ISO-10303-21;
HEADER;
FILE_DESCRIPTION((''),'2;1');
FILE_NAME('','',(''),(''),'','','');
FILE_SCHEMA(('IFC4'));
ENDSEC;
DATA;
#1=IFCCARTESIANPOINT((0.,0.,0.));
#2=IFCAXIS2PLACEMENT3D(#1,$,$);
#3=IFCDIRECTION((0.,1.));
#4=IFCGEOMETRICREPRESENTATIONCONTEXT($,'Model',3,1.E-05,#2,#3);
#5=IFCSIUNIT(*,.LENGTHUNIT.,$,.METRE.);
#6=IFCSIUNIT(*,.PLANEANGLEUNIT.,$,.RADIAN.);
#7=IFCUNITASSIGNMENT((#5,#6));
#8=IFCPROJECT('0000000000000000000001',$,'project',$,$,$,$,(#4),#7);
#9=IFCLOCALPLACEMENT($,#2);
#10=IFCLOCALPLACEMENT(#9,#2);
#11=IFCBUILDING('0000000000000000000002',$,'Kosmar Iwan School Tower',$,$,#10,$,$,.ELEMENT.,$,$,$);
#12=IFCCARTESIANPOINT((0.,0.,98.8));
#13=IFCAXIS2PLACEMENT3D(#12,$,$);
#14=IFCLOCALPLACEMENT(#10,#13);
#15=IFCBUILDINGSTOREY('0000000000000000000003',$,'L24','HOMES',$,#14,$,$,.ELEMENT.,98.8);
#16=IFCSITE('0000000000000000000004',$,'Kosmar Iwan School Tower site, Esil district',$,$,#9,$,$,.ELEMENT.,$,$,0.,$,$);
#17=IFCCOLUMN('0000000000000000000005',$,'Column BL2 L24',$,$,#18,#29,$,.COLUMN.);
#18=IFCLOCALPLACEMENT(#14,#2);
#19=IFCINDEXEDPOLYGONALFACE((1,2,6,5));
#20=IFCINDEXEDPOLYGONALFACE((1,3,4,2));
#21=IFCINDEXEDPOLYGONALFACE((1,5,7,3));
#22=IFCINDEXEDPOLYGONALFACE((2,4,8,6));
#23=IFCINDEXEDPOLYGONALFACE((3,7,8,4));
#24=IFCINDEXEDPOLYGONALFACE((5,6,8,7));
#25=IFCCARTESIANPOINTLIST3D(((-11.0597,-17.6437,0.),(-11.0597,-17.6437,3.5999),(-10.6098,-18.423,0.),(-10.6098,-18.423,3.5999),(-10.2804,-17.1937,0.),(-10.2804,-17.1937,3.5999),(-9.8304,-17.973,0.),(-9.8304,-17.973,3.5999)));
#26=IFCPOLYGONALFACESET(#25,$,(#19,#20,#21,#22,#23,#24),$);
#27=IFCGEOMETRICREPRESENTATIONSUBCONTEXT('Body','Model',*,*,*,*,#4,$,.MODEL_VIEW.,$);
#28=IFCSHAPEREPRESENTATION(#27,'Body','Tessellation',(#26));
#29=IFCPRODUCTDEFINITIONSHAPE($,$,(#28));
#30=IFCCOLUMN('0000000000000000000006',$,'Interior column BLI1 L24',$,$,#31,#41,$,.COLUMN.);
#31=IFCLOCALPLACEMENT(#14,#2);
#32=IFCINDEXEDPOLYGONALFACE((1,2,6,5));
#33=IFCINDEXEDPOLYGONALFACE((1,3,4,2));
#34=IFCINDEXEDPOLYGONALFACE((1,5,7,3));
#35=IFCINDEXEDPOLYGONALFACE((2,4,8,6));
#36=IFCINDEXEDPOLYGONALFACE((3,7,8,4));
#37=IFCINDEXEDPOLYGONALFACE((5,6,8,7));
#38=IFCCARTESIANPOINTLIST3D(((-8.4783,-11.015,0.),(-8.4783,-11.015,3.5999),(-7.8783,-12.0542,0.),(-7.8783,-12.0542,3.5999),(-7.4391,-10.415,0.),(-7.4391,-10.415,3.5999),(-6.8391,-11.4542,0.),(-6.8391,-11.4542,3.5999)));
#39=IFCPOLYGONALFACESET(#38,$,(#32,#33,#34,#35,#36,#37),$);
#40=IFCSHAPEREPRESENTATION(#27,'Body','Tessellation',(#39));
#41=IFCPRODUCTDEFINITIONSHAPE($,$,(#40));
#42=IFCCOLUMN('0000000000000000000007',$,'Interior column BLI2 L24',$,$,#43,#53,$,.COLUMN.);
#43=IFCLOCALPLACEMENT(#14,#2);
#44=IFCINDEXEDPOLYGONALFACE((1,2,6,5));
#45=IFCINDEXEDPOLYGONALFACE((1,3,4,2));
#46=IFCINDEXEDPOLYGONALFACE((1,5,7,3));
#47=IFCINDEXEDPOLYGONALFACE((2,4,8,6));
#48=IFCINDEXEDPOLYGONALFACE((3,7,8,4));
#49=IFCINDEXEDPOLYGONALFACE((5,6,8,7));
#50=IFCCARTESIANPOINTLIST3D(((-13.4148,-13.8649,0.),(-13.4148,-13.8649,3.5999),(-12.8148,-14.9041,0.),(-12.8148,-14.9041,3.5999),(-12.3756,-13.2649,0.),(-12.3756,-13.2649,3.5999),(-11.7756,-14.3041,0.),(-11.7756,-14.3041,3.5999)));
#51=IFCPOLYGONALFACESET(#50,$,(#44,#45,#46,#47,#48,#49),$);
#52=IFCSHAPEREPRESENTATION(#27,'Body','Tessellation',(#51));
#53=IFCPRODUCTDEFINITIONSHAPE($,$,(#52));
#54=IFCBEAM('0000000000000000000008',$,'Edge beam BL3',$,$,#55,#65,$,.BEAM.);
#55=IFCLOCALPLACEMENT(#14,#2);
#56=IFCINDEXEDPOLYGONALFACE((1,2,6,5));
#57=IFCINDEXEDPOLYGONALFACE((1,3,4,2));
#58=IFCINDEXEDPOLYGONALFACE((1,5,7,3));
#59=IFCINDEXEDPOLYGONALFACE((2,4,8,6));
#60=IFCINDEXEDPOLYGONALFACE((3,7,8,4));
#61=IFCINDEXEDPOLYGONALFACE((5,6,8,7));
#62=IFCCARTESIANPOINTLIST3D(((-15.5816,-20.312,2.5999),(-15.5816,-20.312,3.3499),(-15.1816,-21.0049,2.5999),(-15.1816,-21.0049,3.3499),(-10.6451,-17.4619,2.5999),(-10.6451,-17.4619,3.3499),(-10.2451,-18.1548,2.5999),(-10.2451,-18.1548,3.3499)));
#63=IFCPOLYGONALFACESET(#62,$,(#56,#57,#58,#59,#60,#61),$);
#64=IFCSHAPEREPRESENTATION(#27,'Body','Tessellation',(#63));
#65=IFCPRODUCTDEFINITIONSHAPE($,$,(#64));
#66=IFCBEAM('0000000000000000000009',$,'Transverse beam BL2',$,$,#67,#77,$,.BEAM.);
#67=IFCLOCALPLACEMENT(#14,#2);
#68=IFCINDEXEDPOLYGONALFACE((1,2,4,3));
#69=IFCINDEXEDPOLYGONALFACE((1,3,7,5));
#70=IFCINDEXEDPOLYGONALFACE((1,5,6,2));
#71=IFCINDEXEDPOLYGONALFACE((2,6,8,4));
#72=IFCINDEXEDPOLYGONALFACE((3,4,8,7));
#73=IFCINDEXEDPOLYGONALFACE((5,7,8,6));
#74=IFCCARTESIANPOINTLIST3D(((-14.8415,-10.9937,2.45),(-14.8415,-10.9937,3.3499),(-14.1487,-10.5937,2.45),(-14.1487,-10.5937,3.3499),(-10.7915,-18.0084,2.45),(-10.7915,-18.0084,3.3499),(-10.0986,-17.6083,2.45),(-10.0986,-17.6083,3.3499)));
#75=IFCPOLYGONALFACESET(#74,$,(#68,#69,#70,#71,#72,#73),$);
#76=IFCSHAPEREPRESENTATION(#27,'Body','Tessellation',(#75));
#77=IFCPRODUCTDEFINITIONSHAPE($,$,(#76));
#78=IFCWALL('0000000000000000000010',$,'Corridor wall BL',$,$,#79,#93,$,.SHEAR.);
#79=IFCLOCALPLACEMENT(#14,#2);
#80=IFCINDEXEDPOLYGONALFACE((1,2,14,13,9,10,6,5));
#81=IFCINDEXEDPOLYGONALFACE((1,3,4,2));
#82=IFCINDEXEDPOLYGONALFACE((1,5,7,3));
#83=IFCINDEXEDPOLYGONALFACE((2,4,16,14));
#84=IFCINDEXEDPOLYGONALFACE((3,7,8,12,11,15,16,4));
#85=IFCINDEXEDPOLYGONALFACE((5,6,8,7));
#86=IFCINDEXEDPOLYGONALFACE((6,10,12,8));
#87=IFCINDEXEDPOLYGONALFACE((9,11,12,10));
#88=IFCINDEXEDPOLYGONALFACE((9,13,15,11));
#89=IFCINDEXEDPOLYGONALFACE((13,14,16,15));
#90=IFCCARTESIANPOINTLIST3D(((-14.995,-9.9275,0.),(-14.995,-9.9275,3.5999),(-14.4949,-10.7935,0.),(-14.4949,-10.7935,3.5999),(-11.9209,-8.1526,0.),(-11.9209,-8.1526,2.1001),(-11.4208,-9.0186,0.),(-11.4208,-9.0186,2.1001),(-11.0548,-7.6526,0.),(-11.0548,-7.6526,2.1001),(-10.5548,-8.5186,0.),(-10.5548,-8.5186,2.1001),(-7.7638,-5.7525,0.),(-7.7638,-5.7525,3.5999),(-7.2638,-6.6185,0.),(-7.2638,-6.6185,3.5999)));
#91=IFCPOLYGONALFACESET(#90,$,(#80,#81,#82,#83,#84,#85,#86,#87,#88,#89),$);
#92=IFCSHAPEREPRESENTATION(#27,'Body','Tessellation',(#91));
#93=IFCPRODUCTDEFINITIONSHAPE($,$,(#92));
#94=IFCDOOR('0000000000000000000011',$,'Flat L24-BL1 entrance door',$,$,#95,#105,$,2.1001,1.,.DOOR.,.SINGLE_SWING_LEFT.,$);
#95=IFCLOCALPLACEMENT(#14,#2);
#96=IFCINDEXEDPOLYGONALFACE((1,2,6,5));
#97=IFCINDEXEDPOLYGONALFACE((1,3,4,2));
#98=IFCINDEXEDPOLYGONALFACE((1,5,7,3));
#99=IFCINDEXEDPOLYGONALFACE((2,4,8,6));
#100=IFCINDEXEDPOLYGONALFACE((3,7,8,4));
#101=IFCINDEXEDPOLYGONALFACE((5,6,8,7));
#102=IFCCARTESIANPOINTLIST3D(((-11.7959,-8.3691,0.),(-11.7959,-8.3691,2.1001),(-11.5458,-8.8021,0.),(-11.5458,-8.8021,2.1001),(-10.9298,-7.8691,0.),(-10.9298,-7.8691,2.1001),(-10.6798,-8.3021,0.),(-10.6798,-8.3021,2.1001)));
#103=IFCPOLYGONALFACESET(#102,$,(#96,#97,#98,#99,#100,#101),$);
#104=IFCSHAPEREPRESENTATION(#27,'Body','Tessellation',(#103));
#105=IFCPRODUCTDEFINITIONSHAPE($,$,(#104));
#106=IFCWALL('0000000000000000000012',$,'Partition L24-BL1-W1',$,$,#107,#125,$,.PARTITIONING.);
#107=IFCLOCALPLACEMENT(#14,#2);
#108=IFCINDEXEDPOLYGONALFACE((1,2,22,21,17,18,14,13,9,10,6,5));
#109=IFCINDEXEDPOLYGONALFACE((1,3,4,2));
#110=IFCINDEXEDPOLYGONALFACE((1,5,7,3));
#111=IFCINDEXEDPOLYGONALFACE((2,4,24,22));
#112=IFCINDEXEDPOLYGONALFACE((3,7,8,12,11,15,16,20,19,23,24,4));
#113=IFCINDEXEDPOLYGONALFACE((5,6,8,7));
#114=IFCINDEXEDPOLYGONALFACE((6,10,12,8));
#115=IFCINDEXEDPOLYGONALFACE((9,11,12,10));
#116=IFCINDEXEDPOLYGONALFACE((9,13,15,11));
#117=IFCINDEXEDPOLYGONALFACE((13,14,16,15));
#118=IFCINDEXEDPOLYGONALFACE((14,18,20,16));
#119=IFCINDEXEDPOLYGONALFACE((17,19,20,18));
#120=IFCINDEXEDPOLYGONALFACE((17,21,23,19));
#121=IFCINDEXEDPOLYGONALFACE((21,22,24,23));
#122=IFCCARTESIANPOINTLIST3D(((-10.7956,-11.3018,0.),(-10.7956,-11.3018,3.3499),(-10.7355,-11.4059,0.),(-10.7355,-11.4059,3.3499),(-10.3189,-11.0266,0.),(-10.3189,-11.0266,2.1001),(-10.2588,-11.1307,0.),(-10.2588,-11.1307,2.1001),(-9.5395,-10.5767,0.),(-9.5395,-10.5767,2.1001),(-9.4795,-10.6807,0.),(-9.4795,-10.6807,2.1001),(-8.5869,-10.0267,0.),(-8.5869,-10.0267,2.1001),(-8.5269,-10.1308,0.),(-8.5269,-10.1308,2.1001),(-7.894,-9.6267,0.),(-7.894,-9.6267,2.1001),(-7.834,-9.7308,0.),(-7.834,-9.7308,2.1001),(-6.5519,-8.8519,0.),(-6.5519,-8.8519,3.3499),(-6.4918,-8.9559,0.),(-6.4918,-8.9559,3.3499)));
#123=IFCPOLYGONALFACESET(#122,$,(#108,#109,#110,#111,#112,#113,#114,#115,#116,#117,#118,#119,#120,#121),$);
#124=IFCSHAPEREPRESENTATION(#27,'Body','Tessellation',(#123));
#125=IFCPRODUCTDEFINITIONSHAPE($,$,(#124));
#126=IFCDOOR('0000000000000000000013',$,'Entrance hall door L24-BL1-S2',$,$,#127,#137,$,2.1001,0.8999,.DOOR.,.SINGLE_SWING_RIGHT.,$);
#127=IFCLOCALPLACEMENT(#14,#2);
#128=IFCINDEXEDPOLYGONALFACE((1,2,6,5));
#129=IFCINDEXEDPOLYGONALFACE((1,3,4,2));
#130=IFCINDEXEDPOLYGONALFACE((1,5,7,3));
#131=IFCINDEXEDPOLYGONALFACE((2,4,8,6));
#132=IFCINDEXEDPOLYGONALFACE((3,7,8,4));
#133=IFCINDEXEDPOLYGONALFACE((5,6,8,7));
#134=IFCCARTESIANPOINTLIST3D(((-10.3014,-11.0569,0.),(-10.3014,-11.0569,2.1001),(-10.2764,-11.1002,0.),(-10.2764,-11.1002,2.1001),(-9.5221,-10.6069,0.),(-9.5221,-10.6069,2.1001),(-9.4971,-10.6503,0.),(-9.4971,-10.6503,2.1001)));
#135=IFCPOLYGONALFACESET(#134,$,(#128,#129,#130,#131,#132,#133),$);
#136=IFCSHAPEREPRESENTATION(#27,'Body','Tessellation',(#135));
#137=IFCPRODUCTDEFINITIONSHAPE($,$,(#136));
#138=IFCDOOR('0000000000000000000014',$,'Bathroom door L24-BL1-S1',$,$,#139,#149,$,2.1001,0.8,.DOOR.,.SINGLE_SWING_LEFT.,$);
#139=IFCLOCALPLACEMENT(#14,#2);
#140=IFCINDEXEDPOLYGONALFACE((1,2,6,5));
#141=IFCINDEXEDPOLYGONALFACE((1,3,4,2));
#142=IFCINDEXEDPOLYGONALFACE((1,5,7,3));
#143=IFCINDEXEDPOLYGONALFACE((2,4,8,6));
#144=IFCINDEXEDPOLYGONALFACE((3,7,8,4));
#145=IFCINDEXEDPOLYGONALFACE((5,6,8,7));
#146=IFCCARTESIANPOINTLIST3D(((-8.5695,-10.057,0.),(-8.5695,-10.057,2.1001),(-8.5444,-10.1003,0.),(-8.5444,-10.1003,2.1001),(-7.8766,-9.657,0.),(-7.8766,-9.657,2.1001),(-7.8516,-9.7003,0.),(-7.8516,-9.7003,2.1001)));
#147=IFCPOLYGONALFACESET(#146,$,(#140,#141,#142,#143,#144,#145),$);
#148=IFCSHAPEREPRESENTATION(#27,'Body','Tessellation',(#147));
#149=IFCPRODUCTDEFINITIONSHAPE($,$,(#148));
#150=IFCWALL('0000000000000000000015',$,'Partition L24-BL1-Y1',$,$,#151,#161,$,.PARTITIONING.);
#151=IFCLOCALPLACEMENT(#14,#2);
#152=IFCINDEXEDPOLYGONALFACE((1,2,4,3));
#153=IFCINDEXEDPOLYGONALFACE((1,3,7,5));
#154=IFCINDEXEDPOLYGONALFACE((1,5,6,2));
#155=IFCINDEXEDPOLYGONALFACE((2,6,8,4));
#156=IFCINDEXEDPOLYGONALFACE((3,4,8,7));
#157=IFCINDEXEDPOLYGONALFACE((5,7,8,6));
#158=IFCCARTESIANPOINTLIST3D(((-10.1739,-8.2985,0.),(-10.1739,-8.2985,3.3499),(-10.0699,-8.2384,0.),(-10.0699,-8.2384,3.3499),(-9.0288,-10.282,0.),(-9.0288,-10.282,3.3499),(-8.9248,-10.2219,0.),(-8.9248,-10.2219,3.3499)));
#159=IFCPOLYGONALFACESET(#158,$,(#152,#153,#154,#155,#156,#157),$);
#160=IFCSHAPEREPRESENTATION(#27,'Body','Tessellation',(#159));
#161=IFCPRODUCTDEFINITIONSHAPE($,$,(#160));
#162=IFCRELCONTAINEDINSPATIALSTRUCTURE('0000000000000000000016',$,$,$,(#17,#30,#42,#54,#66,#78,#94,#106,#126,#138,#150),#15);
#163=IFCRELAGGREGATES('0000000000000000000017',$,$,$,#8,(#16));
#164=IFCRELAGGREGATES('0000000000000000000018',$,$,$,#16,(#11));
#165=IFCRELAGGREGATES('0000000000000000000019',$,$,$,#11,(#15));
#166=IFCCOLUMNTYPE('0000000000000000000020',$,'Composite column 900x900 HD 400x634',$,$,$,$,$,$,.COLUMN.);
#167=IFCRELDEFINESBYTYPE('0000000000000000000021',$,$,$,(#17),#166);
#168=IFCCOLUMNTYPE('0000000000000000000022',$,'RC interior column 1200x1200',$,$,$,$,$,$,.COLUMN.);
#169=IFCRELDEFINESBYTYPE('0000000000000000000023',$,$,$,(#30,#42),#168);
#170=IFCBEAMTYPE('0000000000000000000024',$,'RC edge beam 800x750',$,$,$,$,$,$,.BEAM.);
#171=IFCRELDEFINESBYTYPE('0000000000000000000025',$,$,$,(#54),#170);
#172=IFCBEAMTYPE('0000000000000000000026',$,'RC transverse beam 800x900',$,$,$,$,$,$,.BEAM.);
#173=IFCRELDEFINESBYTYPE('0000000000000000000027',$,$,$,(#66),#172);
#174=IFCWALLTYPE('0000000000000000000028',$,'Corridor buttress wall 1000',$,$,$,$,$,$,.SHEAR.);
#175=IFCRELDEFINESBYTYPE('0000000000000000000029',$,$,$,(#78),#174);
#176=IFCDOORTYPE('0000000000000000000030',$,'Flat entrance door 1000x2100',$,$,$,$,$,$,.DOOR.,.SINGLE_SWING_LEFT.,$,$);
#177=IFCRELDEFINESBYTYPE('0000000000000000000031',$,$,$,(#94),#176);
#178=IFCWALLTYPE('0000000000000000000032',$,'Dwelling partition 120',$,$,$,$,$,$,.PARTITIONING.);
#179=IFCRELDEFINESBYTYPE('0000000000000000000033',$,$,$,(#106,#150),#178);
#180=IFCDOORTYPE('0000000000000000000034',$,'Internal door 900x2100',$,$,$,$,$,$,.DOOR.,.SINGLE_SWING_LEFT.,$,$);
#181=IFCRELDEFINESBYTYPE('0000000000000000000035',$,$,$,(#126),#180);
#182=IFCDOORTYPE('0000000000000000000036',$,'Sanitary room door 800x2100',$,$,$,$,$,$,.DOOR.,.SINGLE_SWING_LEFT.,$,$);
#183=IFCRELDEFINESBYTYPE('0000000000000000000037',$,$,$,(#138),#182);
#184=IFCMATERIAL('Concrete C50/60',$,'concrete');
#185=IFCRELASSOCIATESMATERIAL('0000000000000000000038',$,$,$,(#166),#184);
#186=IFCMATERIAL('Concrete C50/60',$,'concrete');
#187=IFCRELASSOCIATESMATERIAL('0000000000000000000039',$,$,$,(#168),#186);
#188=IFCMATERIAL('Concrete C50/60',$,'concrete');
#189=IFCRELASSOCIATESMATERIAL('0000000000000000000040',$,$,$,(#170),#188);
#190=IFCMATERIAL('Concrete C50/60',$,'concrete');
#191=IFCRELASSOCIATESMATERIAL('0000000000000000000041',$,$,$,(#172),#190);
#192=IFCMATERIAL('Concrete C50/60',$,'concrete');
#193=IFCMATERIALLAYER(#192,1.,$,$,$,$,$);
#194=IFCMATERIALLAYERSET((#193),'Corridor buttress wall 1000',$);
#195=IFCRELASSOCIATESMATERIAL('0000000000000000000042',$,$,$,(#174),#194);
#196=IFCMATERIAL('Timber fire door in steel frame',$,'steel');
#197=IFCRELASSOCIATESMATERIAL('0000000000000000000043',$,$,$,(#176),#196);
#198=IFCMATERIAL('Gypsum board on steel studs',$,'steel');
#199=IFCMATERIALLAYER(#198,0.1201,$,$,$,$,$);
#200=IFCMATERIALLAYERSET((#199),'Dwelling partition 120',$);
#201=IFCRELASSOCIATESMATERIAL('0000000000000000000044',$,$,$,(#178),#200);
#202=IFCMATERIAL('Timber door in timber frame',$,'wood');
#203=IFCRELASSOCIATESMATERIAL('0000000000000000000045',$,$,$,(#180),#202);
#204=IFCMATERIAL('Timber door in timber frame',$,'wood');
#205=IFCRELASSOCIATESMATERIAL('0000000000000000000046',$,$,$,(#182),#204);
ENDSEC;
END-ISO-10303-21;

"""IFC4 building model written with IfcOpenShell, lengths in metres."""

from ifc_helpers import new_model, si_unit, direction, frame, frame_2d, origin, origin_2d, place, context, subcontext, project, spatial, rectangle, extrude, material, layer, layer_set, material_profile, profile_set, type_object, element, fill, save


model = new_model("IFC4")

# Units and contexts
model_context = context("Model", 3, precision=1e-05, world=origin(), true_north=direction((0.0, 1.0)))
body_context = subcontext(model_context, "Body", "Model", "MODEL_VIEW")
ifc_project = project(units=[si_unit("LENGTHUNIT", "METRE"), si_unit("PLANEANGLEUNIT", "RADIAN")], contexts=[model_context])

# Site, building, storey
site_placement = place(None, origin())
site = spatial("IfcSite", under=ifc_project, at=site_placement, Name="Kosmar Iwan School Tower site, Esil district", CompositionType="ELEMENT", RefElevation=0.0)
building_placement = place(site_placement, origin())
building = spatial("IfcBuilding", under=site, at=building_placement, Name="Kosmar Iwan School Tower", CompositionType="ELEMENT")
storey_placement = place(building_placement, frame((0.0, 0.0, 98.8)))
storey = spatial("IfcBuildingStorey", under=building, at=storey_placement, Name="L24", Description="HOMES", CompositionType="ELEMENT", Elevation=98.8)

# Columns
ifc_material_1 = material(Name="Concrete C50/60", Category="concrete")
ifc_material_profile_1 = material_profile(ifc_material_1, rectangle(XDim=0.8999, YDim=0.8999, at=origin_2d()), Name="RC 900x900 + HD 400x634")
ifc_profile_set_1 = profile_set([ifc_material_profile_1], Name="Concrete C50/60")
column_type_1 = type_object("IfcColumnType", Name="Composite column 900x900 HD 400x634", PredefinedType="COLUMN", material=ifc_profile_set_1)
column_placement = place(storey_placement, frame((-10.4451, -17.8083, 0.0), z_axis=(0.0, 0.0, 1.0), x_axis=(-0.866025, -0.5, 0.0)))
element("IfcColumn", 1, at=column_placement, inside=storey, type_object=column_type_1, Name="Column BL2 L24", PredefinedType="COLUMN", context=body_context, shape_type="SweptSolid", body=[
    extrude(rectangle(XDim=0.8999, YDim=0.8999, at=origin_2d()), origin(), (0.0, 0.0, 1.0), 3.5999),
])
ifc_material_2 = material(Name="Concrete C50/60", Category="concrete")
ifc_material_profile_2 = material_profile(ifc_material_2, rectangle(XDim=1.2, YDim=1.2, at=origin_2d()), Name="RC 1200x1200")
ifc_profile_set_2 = profile_set([ifc_material_profile_2], Name="Concrete C50/60")
column_type_2 = type_object("IfcColumnType", Name="RC interior column 1200x1200", PredefinedType="COLUMN", material=ifc_profile_set_2)
for number, where, z_axis, x_axis, name in (
    (2, (-7.6587, -11.2346, 0.0), (0.0, 0.0, 1.0), (-0.866025, -0.5, 0.0), "Interior column BLI1 L24"),
    (3, (-12.5952, -14.0845, 0.0), (0.0, 0.0, 1.0), (-0.866025, -0.5, 0.0), "Interior column BLI2 L24"),
):
    element("IfcColumn", number, at=place(storey_placement, frame(where, z_axis=z_axis, x_axis=x_axis)), inside=storey, type_object=column_type_2, Name=name, PredefinedType="COLUMN", context=body_context, shape_type="SweptSolid", body=[
        extrude(rectangle(XDim=1.2, YDim=1.2, at=origin_2d()), origin(), (0.0, 0.0, 1.0), 3.5999),
    ])

# Beams
ifc_material_3 = material(Name="Concrete C50/60", Category="concrete")
ifc_material_profile_3 = material_profile(ifc_material_3, rectangle(XDim=0.8, YDim=0.75, at=origin_2d()), Name="RC 800x750")
ifc_profile_set_3 = profile_set([ifc_material_profile_3], Name="Concrete C50/60")
beam_type_1 = type_object("IfcBeamType", Name="RC edge beam 800x750", PredefinedType="BEAM", material=ifc_profile_set_3)
beam_1_placement = place(storey_placement, frame((-10.4451, -17.8083, 2.9749), z_axis=(-0.866026, -0.499999, 0.0), x_axis=(0.499999, -0.866026, 0.0)))
element("IfcBeam", 4, at=beam_1_placement, inside=storey, type_object=beam_type_1, Name="Edge beam BL3", PredefinedType="BEAM", context=body_context, shape_type="SweptSolid", body=[
    extrude(rectangle(XDim=0.8, YDim=0.75, at=origin_2d()), origin(), (0.0, 0.0, 1.0), 5.7002),
])
ifc_material_4 = material(Name="Concrete C50/60", Category="concrete")
ifc_material_profile_4 = material_profile(ifc_material_4, rectangle(XDim=0.8, YDim=0.8999, at=origin_2d()), Name="RC 800x900")
ifc_profile_set_4 = profile_set([ifc_material_profile_4], Name="Concrete C50/60")
beam_type_2 = type_object("IfcBeamType", Name="RC transverse beam 800x900", PredefinedType="BEAM", material=ifc_profile_set_4)
beam_2_placement = place(storey_placement, frame((-10.4451, -17.8083, 2.8999), z_axis=(-0.500013, 0.866018, 0.0), x_axis=(-0.866018, -0.500013, 0.0)))
element("IfcBeam", 5, at=beam_2_placement, inside=storey, type_object=beam_type_2, Name="Transverse beam BL2", PredefinedType="BEAM", context=body_context, shape_type="SweptSolid", body=[
    extrude(rectangle(XDim=0.8, YDim=0.8999, at=origin_2d()), origin(), (0.0, 0.0, 1.0), 8.0999),
])

# Wall, opening, door
ifc_material_5 = material(Name="Concrete C50/60", Category="concrete")
ifc_layer_1 = layer(ifc_material_5, 1.0)
ifc_layer_set_1 = layer_set([ifc_layer_1], Name="Corridor buttress wall 1000")
wall_type_1 = type_object("IfcWallType", Name="Corridor buttress wall 1000", PredefinedType="SHEAR", material=ifc_layer_set_1)
wall_1_placement = place(storey_placement, frame((-7.5139, -6.1855, 0.0), z_axis=(0.0, 0.0, 1.0), x_axis=(-0.86602, -0.50001, 0.0)))
wall_1 = element("IfcWall", 6, at=wall_1_placement, inside=storey, type_object=wall_type_1, Name="Corridor wall BL", PredefinedType="SHEAR", context=body_context, shape_type="SweptSolid", body=[
    extrude(rectangle(XDim=8.3499, YDim=1.0, at=frame_2d((4.1748, 0.0))), origin(), (0.0, 0.0, 1.0), 3.5999),
])
opening_1_placement = place(wall_1_placement, frame((3.8, 0.0, 0.0)))
opening_1 = element("IfcOpeningElement", 7, at=opening_1_placement, cuts=wall_1, PredefinedType="OPENING", context=body_context, shape_type="SweptSolid", body=[
    extrude(rectangle(XDim=1.0, YDim=2.1001, at=frame_2d((0.5, 1.05))), frame((0.0, 0.512, 0.0), z_axis=(0.0, -1.0, 0.0), x_axis=(1.0, 0.0, 0.0)), (0.0, 0.0, 1.0), 1.0239),
])
ifc_material_6 = material(Name="Timber fire door in steel frame", Category="steel")
door_type_1 = type_object("IfcDoorType", Name="Flat entrance door 1000x2100", OperationType="SINGLE_SWING_LEFT", PredefinedType="DOOR", material=ifc_material_6)
door_1_placement = place(opening_1_placement, origin())
door_1 = element("IfcDoor", 8, at=door_1_placement, inside=storey, type_object=door_type_1, Name="Flat L24-BL1 entrance door", OperationType="SINGLE_SWING_LEFT", OverallHeight=2.1001, OverallWidth=1.0, PredefinedType="DOOR", context=body_context, shape_type="SweptSolid", body=[
    extrude(rectangle(XDim=1.0, YDim=2.1001, at=frame_2d((0.5, 1.05))), frame((0.0, 0.25, 0.0), z_axis=(0.0, -1.0, 0.0), x_axis=(1.0, 0.0, 0.0)), (0.0, 0.0, 1.0), 0.5),
])
fill(opening_1, door_1)

# Wall, openings, doors
ifc_material_7 = material(Name="Gypsum board on steel studs", Category="steel")
ifc_layer_2 = layer(ifc_material_7, 0.1201)
ifc_layer_set_2 = layer_set([ifc_layer_2], Name="Dwelling partition 120")
wall_type_2 = type_object("IfcWallType", Name="Dwelling partition 120", PredefinedType="PARTITIONING", material=ifc_layer_set_2)
wall_2_placement = place(storey_placement, frame((-6.5217, -8.9038, 0.0), z_axis=(0.0, 0.0, 1.0), x_axis=(-0.866036, -0.499981, 0.0)))
wall_2 = element("IfcWall", 9, at=wall_2_placement, inside=storey, type_object=wall_type_2, Name="Partition L24-BL1-W1", PredefinedType="PARTITIONING", context=body_context, shape_type="SweptSolid", body=[
    extrude(rectangle(XDim=4.9001, YDim=0.1201, at=frame_2d((2.4502, 0.0))), origin(), (0.0, 0.0, 1.0), 3.3499),
])
opening_2_placement = place(wall_2_placement, frame((1.55, 0.0, 0.0)))
opening_2 = element("IfcOpeningElement", 10, at=opening_2_placement, cuts=wall_2, PredefinedType="OPENING", context=body_context, shape_type="SweptSolid", body=[
    extrude(rectangle(XDim=0.8, YDim=2.1001, at=frame_2d((0.3999, 1.05))), frame((0.0, 0.072, 0.0), z_axis=(0.0, -1.0, 0.0), x_axis=(1.0, 0.0, 0.0)), (0.0, 0.0, 1.0), 0.144),
])
opening_3_placement = place(wall_2_placement, frame((3.45, 0.0, 0.0)))
opening_3 = element("IfcOpeningElement", 11, at=opening_3_placement, cuts=wall_2, PredefinedType="OPENING", context=body_context, shape_type="SweptSolid", body=[
    extrude(rectangle(XDim=0.8999, YDim=2.1001, at=frame_2d((0.45, 1.05))), frame((0.0, 0.072, 0.0), z_axis=(0.0, -1.0, 0.0), x_axis=(1.0, 0.0, 0.0)), (0.0, 0.0, 1.0), 0.144),
])
ifc_material_8 = material(Name="Timber door in timber frame", Category="wood")
door_type_2 = type_object("IfcDoorType", Name="Internal door 900x2100", OperationType="SINGLE_SWING_LEFT", PredefinedType="DOOR", material=ifc_material_8)
door_2_placement = place(opening_3_placement, origin())
door_2 = element("IfcDoor", 12, at=door_2_placement, inside=storey, type_object=door_type_2, Name="Entrance hall door L24-BL1-S2", OperationType="SINGLE_SWING_RIGHT", OverallHeight=2.1001, OverallWidth=0.8999, PredefinedType="DOOR", context=body_context, shape_type="SweptSolid", body=[
    extrude(rectangle(XDim=0.8999, YDim=2.1001, at=frame_2d((0.45, 1.05))), frame((0.0, 0.0249, 0.0), z_axis=(0.0, -1.0, 0.0), x_axis=(1.0, 0.0, 0.0)), (0.0, 0.0, 1.0), 0.05),
])
fill(opening_3, door_2)
ifc_material_9 = material(Name="Timber door in timber frame", Category="wood")
door_type_3 = type_object("IfcDoorType", Name="Sanitary room door 800x2100", OperationType="SINGLE_SWING_LEFT", PredefinedType="DOOR", material=ifc_material_9)
door_3_placement = place(opening_2_placement, origin())
door_3 = element("IfcDoor", 13, at=door_3_placement, inside=storey, type_object=door_type_3, Name="Bathroom door L24-BL1-S1", OperationType="SINGLE_SWING_LEFT", OverallHeight=2.1001, OverallWidth=0.8, PredefinedType="DOOR", context=body_context, shape_type="SweptSolid", body=[
    extrude(rectangle(XDim=0.8, YDim=2.1001, at=frame_2d((0.3999, 1.05))), frame((0.0, 0.0249, 0.0), z_axis=(0.0, -1.0, 0.0), x_axis=(1.0, 0.0, 0.0)), (0.0, 0.0, 1.0), 0.05),
])
fill(opening_2, door_3)

# Wall
wall_3_placement = place(storey_placement, frame((-10.1218, -8.2686, 0.0), z_axis=(0.0, 0.0, 1.0), x_axis=(0.499969, -0.866044, 0.0)))
element("IfcWall", 14, at=wall_3_placement, inside=storey, type_object=wall_type_2, Name="Partition L24-BL1-Y1", PredefinedType="PARTITIONING", context=body_context, shape_type="SweptSolid", body=[
    extrude(rectangle(XDim=2.2903, YDim=0.1201, at=frame_2d((1.145, 0.0))), origin(), (0.0, 0.0, 1.0), 3.3499),
])

save(model, "model.ifc")
